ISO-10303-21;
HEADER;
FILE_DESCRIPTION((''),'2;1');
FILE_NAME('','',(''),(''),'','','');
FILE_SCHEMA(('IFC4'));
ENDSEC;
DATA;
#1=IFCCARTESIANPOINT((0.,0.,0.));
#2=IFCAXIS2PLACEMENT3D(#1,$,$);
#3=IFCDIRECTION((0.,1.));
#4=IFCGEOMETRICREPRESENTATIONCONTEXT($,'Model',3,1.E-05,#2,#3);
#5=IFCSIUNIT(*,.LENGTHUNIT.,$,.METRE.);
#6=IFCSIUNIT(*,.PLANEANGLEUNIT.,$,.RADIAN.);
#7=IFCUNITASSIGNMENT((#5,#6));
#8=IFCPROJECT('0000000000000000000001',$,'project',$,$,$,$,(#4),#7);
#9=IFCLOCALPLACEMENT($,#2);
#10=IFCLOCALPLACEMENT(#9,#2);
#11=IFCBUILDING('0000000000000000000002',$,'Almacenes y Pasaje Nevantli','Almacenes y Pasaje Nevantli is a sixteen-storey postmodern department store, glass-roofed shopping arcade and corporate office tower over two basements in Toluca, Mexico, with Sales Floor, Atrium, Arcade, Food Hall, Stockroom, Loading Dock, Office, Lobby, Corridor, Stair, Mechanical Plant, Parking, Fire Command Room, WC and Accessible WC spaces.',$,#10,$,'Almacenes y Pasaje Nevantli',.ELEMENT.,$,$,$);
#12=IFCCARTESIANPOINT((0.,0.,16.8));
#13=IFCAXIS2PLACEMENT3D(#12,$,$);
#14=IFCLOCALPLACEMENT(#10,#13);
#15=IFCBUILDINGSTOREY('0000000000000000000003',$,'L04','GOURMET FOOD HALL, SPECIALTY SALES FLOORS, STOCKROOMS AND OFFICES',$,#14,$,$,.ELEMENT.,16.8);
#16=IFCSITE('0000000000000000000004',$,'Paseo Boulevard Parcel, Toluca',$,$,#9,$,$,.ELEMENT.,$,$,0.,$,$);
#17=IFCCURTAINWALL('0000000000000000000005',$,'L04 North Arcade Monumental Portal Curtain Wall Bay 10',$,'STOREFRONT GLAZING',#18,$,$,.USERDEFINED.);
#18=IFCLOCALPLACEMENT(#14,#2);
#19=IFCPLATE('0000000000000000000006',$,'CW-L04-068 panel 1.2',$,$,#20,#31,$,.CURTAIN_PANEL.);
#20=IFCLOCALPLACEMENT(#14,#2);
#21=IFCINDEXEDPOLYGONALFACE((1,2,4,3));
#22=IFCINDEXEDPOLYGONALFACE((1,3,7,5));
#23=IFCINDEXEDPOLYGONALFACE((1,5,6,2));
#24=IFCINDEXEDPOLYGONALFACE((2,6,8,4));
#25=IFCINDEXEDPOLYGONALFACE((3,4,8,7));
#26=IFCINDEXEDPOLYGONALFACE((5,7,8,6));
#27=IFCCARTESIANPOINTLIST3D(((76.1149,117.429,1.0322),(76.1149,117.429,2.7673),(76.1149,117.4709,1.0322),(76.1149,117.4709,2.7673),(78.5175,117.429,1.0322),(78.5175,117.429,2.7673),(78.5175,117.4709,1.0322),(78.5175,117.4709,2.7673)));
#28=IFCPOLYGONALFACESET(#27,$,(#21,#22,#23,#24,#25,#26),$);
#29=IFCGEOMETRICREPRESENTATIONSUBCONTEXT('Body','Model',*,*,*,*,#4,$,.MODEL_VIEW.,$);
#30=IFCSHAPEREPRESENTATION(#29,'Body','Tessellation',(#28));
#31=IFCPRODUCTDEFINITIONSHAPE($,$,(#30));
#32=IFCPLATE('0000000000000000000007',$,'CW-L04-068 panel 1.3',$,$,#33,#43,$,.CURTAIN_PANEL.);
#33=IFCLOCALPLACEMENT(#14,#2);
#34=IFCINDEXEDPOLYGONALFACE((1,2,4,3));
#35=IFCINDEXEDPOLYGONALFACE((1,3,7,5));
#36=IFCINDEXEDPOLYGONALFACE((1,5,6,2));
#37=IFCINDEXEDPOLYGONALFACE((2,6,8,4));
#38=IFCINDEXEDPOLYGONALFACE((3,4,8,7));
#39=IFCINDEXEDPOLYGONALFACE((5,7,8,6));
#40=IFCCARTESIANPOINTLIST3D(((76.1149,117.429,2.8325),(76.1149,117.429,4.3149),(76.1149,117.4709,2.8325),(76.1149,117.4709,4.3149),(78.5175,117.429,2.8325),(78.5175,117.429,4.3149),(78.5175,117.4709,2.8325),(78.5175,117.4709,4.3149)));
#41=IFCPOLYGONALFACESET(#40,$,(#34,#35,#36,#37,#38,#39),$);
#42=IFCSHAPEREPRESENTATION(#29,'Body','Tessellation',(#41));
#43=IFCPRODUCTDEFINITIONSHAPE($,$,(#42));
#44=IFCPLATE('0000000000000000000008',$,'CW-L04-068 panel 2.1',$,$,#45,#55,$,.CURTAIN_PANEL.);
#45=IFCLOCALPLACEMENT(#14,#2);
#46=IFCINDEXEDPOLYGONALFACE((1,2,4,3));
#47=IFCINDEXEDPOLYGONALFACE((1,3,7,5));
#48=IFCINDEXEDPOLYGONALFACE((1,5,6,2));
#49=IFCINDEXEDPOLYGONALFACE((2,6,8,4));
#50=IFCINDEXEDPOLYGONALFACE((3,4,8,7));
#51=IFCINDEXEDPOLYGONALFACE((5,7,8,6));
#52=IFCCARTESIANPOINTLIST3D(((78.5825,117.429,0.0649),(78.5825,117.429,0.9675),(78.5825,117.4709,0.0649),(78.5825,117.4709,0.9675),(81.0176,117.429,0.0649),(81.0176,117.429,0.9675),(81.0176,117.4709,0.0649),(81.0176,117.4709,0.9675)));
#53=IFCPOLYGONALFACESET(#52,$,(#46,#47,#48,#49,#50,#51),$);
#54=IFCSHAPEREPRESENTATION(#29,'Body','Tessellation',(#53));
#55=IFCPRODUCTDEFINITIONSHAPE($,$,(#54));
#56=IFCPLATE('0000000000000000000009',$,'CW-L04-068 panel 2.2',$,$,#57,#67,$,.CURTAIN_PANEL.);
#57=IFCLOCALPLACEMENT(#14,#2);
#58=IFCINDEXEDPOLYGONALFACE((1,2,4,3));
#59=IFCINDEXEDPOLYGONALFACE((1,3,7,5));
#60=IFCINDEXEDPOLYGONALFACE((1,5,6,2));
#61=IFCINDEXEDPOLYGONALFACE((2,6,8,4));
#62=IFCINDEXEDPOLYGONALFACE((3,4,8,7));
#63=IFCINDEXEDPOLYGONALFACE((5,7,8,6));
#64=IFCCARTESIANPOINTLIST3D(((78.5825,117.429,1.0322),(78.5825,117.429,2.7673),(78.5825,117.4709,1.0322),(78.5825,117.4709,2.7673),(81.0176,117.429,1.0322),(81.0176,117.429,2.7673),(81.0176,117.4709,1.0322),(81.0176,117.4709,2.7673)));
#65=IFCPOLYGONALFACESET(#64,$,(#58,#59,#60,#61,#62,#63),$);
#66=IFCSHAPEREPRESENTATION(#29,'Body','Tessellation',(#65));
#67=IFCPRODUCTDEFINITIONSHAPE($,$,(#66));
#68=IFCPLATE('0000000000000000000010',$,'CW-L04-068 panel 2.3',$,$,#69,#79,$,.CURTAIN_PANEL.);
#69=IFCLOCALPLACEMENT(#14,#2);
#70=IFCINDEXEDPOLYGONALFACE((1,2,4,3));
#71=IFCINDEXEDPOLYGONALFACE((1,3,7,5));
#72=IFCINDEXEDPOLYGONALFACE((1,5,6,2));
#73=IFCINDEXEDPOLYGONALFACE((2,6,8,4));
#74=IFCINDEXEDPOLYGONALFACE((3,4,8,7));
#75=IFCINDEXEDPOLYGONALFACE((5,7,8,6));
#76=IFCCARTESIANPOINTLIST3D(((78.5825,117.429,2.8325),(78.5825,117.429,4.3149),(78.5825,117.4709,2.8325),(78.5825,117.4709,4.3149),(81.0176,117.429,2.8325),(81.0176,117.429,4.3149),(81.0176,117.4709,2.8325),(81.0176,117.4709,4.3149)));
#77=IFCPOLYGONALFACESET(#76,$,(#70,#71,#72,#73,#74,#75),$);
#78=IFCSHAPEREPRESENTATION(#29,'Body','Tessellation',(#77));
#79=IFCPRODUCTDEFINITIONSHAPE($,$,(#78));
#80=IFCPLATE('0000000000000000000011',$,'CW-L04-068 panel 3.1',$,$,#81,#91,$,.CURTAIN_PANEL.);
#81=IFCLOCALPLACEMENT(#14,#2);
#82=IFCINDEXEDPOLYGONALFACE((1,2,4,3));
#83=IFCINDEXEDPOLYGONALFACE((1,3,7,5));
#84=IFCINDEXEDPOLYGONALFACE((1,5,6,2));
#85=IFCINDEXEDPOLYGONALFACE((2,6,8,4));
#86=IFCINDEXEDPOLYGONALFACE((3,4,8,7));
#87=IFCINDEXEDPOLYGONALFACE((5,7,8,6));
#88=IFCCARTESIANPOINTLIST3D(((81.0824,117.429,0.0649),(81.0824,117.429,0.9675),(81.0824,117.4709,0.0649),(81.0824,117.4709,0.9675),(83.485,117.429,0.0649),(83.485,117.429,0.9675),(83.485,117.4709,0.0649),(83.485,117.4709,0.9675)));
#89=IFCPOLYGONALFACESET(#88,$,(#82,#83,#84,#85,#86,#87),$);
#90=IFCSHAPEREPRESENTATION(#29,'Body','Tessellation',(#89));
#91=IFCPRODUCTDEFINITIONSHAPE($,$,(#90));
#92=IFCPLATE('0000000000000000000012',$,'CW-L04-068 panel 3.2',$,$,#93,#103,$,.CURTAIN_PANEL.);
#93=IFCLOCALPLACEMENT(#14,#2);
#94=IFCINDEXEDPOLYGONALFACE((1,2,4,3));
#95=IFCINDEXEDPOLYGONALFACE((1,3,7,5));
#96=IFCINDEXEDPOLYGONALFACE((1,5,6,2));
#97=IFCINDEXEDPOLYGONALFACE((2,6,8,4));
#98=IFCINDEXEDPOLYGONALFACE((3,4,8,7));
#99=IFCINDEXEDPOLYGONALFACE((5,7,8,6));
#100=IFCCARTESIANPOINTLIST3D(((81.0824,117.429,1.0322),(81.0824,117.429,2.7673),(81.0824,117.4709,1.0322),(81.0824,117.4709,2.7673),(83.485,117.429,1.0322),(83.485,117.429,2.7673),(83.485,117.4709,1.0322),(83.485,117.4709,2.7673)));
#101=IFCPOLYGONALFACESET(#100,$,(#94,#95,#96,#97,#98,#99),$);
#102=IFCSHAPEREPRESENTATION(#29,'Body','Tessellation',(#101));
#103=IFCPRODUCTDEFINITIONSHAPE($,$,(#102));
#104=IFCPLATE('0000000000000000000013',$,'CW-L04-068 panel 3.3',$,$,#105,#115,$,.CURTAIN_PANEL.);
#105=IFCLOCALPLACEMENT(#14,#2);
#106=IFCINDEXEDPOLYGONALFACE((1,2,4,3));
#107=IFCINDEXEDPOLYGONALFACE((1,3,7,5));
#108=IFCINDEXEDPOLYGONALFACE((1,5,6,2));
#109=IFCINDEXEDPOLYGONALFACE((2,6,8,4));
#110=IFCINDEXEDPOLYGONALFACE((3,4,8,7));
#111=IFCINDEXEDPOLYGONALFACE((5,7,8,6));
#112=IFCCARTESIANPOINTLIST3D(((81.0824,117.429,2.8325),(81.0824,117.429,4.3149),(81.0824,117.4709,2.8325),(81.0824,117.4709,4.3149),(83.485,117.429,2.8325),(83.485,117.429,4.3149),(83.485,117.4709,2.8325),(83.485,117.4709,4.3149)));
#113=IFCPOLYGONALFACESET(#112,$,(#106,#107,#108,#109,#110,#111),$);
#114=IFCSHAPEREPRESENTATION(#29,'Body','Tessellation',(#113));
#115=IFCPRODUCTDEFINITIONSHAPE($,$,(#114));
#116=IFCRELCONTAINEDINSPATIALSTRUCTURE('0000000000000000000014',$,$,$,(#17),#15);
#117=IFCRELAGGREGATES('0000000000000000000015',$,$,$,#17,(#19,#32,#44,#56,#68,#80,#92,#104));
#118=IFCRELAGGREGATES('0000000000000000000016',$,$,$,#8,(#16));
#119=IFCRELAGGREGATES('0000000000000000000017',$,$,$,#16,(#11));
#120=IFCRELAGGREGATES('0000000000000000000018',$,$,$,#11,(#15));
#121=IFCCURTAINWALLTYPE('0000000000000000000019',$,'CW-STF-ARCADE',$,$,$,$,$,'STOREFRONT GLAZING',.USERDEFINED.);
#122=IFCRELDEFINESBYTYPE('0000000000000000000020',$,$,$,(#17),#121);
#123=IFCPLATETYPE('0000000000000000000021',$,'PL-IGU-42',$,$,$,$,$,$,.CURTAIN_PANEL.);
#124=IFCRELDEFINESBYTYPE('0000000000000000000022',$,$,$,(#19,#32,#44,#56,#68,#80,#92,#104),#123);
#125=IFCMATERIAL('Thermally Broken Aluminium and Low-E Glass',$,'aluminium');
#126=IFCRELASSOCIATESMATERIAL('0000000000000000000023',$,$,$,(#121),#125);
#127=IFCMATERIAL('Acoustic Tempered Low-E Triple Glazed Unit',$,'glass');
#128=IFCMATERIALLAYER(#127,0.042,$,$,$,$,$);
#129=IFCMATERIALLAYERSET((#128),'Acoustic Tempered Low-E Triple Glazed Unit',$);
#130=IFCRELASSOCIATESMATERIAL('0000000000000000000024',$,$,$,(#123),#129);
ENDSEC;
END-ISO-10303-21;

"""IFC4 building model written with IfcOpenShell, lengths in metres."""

from ifc_helpers import new_model, si_unit, direction, frame, origin, origin_2d, place, context, subcontext, project, spatial, rectangle, extrude, material, layer, layer_set, type_object, element, aggregate, save


model = new_model("IFC4")

# Units and contexts
model_context = context("Model", 3, precision=1e-05, world=origin(), true_north=direction((0.0, 1.0)))
body_context = subcontext(model_context, "Body", "Model", "MODEL_VIEW")
ifc_project = project(units=[si_unit("LENGTHUNIT", "METRE"), si_unit("PLANEANGLEUNIT", "RADIAN")], contexts=[model_context])

# Site, building, storey
site_placement = place(None, origin())
site = spatial("IfcSite", under=ifc_project, at=site_placement, Name="Paseo Boulevard Parcel, Toluca", CompositionType="ELEMENT", RefElevation=0.0)
building_placement = place(site_placement, origin())
building = spatial("IfcBuilding", under=site, at=building_placement, Name="Almacenes y Pasaje Nevantli", Description="Almacenes y Pasaje Nevantli is a sixteen-storey postmodern department store, glass-roofed shopping arcade and corporate office tower over two basements in Toluca, Mexico, with Sales Floor, Atrium, Arcade, Food Hall, Stockroom, Loading Dock, Office, Lobby, Corridor, Stair, Mechanical Plant, Parking, Fire Command Room, WC and Accessible WC spaces.", LongName="Almacenes y Pasaje Nevantli", CompositionType="ELEMENT")
storey_placement = place(building_placement, frame((0.0, 0.0, 16.8)))
storey = spatial("IfcBuildingStorey", under=building, at=storey_placement, Name="L04", Description="GOURMET FOOD HALL, SPECIALTY SALES FLOORS, STOCKROOMS AND OFFICES", CompositionType="ELEMENT", Elevation=16.8)

# Curtain wall
ifc_material_1 = material(Name="Thermally Broken Aluminium and Low-E Glass", Category="aluminium")
curtain_wall_type = type_object("IfcCurtainWallType", Name="CW-STF-ARCADE", ElementType="STOREFRONT GLAZING", PredefinedType="USERDEFINED", material=ifc_material_1)
curtain_wall_1_placement = place(storey_placement, origin())
curtain_wall_1 = element("IfcCurtainWall", 1, at=curtain_wall_1_placement, inside=storey, type_object=curtain_wall_type, Name="L04 North Arcade Monumental Portal Curtain Wall Bay 10", ObjectType="STOREFRONT GLAZING", PredefinedType="USERDEFINED")

# Plates
ifc_material_2 = material(Name="Acoustic Tempered Low-E Triple Glazed Unit", Category="glass")
ifc_layer = layer(ifc_material_2, 0.042)
ifc_layer_set = layer_set([ifc_layer], Name="Acoustic Tempered Low-E Triple Glazed Unit")
plate_type = type_object("IfcPlateType", Name="PL-IGU-42", PredefinedType="CURTAIN_PANEL", material=ifc_layer_set)
plate_1_placement = place(storey_placement, frame((77.3162, 117.45, 1.0322), z_axis=(0.0, 0.0, 1.0), x_axis=(1.0, 0.0, 0.0)))
plate_1 = element("IfcPlate", 2, at=plate_1_placement, type_object=plate_type, Name="CW-L04-068 panel 1.2", PredefinedType="CURTAIN_PANEL", context=body_context, shape_type="SweptSolid", body=[
    extrude(rectangle(XDim=2.4026, YDim=0.042, at=origin_2d()), origin(), (0.0, 0.0, 1.0), 1.7351),
])
plate_2_placement = place(storey_placement, frame((77.3162, 117.45, 2.8325), z_axis=(0.0, 0.0, 1.0), x_axis=(1.0, 0.0, 0.0)))
plate_2 = element("IfcPlate", 3, at=plate_2_placement, type_object=plate_type, Name="CW-L04-068 panel 1.3", PredefinedType="CURTAIN_PANEL", context=body_context, shape_type="SweptSolid", body=[
    extrude(rectangle(XDim=2.4026, YDim=0.042, at=origin_2d()), origin(), (0.0, 0.0, 1.0), 1.4824),
])
plate_3_placement = place(storey_placement, frame((79.8, 117.45, 0.0649), z_axis=(0.0, 0.0, 1.0), x_axis=(1.0, 0.0, 0.0)))
plate_3 = element("IfcPlate", 4, at=plate_3_placement, type_object=plate_type, Name="CW-L04-068 panel 2.1", PredefinedType="CURTAIN_PANEL", context=body_context, shape_type="SweptSolid", body=[
    extrude(rectangle(XDim=2.4351, YDim=0.042, at=origin_2d()), origin(), (0.0, 0.0, 1.0), 0.9026),
])
plate_4_placement = place(storey_placement, frame((79.8, 117.45, 1.0322), z_axis=(0.0, 0.0, 1.0), x_axis=(1.0, 0.0, 0.0)))
plate_4 = element("IfcPlate", 5, at=plate_4_placement, type_object=plate_type, Name="CW-L04-068 panel 2.2", PredefinedType="CURTAIN_PANEL", context=body_context, shape_type="SweptSolid", body=[
    extrude(rectangle(XDim=2.4351, YDim=0.042, at=origin_2d()), origin(), (0.0, 0.0, 1.0), 1.7351),
])
plate_5_placement = place(storey_placement, frame((79.8, 117.45, 2.8325), z_axis=(0.0, 0.0, 1.0), x_axis=(1.0, 0.0, 0.0)))
plate_5 = element("IfcPlate", 6, at=plate_5_placement, type_object=plate_type, Name="CW-L04-068 panel 2.3", PredefinedType="CURTAIN_PANEL", context=body_context, shape_type="SweptSolid", body=[
    extrude(rectangle(XDim=2.4351, YDim=0.042, at=origin_2d()), origin(), (0.0, 0.0, 1.0), 1.4824),
])
plate_6_placement = place(storey_placement, frame((82.2837, 117.45, 0.0649), z_axis=(0.0, 0.0, 1.0), x_axis=(1.0, 0.0, 0.0)))
plate_6 = element("IfcPlate", 7, at=plate_6_placement, type_object=plate_type, Name="CW-L04-068 panel 3.1", PredefinedType="CURTAIN_PANEL", context=body_context, shape_type="SweptSolid", body=[
    extrude(rectangle(XDim=2.4026, YDim=0.042, at=origin_2d()), origin(), (0.0, 0.0, 1.0), 0.9026),
])
plate_7_placement = place(storey_placement, frame((82.2837, 117.45, 1.0322), z_axis=(0.0, 0.0, 1.0), x_axis=(1.0, 0.0, 0.0)))
plate_7 = element("IfcPlate", 8, at=plate_7_placement, type_object=plate_type, Name="CW-L04-068 panel 3.2", PredefinedType="CURTAIN_PANEL", context=body_context, shape_type="SweptSolid", body=[
    extrude(rectangle(XDim=2.4026, YDim=0.042, at=origin_2d()), origin(), (0.0, 0.0, 1.0), 1.7351),
])
plate_8_placement = place(storey_placement, frame((82.2837, 117.45, 2.8325), z_axis=(0.0, 0.0, 1.0), x_axis=(1.0, 0.0, 0.0)))
plate_8 = element("IfcPlate", 9, at=plate_8_placement, type_object=plate_type, Name="CW-L04-068 panel 3.3", PredefinedType="CURTAIN_PANEL", context=body_context, shape_type="SweptSolid", body=[
    extrude(rectangle(XDim=2.4026, YDim=0.042, at=origin_2d()), origin(), (0.0, 0.0, 1.0), 1.4824),
])
aggregate(curtain_wall_1, [plate_1, plate_2, plate_3, plate_4, plate_5, plate_6, plate_7, plate_8])

save(model, "model.ifc")
